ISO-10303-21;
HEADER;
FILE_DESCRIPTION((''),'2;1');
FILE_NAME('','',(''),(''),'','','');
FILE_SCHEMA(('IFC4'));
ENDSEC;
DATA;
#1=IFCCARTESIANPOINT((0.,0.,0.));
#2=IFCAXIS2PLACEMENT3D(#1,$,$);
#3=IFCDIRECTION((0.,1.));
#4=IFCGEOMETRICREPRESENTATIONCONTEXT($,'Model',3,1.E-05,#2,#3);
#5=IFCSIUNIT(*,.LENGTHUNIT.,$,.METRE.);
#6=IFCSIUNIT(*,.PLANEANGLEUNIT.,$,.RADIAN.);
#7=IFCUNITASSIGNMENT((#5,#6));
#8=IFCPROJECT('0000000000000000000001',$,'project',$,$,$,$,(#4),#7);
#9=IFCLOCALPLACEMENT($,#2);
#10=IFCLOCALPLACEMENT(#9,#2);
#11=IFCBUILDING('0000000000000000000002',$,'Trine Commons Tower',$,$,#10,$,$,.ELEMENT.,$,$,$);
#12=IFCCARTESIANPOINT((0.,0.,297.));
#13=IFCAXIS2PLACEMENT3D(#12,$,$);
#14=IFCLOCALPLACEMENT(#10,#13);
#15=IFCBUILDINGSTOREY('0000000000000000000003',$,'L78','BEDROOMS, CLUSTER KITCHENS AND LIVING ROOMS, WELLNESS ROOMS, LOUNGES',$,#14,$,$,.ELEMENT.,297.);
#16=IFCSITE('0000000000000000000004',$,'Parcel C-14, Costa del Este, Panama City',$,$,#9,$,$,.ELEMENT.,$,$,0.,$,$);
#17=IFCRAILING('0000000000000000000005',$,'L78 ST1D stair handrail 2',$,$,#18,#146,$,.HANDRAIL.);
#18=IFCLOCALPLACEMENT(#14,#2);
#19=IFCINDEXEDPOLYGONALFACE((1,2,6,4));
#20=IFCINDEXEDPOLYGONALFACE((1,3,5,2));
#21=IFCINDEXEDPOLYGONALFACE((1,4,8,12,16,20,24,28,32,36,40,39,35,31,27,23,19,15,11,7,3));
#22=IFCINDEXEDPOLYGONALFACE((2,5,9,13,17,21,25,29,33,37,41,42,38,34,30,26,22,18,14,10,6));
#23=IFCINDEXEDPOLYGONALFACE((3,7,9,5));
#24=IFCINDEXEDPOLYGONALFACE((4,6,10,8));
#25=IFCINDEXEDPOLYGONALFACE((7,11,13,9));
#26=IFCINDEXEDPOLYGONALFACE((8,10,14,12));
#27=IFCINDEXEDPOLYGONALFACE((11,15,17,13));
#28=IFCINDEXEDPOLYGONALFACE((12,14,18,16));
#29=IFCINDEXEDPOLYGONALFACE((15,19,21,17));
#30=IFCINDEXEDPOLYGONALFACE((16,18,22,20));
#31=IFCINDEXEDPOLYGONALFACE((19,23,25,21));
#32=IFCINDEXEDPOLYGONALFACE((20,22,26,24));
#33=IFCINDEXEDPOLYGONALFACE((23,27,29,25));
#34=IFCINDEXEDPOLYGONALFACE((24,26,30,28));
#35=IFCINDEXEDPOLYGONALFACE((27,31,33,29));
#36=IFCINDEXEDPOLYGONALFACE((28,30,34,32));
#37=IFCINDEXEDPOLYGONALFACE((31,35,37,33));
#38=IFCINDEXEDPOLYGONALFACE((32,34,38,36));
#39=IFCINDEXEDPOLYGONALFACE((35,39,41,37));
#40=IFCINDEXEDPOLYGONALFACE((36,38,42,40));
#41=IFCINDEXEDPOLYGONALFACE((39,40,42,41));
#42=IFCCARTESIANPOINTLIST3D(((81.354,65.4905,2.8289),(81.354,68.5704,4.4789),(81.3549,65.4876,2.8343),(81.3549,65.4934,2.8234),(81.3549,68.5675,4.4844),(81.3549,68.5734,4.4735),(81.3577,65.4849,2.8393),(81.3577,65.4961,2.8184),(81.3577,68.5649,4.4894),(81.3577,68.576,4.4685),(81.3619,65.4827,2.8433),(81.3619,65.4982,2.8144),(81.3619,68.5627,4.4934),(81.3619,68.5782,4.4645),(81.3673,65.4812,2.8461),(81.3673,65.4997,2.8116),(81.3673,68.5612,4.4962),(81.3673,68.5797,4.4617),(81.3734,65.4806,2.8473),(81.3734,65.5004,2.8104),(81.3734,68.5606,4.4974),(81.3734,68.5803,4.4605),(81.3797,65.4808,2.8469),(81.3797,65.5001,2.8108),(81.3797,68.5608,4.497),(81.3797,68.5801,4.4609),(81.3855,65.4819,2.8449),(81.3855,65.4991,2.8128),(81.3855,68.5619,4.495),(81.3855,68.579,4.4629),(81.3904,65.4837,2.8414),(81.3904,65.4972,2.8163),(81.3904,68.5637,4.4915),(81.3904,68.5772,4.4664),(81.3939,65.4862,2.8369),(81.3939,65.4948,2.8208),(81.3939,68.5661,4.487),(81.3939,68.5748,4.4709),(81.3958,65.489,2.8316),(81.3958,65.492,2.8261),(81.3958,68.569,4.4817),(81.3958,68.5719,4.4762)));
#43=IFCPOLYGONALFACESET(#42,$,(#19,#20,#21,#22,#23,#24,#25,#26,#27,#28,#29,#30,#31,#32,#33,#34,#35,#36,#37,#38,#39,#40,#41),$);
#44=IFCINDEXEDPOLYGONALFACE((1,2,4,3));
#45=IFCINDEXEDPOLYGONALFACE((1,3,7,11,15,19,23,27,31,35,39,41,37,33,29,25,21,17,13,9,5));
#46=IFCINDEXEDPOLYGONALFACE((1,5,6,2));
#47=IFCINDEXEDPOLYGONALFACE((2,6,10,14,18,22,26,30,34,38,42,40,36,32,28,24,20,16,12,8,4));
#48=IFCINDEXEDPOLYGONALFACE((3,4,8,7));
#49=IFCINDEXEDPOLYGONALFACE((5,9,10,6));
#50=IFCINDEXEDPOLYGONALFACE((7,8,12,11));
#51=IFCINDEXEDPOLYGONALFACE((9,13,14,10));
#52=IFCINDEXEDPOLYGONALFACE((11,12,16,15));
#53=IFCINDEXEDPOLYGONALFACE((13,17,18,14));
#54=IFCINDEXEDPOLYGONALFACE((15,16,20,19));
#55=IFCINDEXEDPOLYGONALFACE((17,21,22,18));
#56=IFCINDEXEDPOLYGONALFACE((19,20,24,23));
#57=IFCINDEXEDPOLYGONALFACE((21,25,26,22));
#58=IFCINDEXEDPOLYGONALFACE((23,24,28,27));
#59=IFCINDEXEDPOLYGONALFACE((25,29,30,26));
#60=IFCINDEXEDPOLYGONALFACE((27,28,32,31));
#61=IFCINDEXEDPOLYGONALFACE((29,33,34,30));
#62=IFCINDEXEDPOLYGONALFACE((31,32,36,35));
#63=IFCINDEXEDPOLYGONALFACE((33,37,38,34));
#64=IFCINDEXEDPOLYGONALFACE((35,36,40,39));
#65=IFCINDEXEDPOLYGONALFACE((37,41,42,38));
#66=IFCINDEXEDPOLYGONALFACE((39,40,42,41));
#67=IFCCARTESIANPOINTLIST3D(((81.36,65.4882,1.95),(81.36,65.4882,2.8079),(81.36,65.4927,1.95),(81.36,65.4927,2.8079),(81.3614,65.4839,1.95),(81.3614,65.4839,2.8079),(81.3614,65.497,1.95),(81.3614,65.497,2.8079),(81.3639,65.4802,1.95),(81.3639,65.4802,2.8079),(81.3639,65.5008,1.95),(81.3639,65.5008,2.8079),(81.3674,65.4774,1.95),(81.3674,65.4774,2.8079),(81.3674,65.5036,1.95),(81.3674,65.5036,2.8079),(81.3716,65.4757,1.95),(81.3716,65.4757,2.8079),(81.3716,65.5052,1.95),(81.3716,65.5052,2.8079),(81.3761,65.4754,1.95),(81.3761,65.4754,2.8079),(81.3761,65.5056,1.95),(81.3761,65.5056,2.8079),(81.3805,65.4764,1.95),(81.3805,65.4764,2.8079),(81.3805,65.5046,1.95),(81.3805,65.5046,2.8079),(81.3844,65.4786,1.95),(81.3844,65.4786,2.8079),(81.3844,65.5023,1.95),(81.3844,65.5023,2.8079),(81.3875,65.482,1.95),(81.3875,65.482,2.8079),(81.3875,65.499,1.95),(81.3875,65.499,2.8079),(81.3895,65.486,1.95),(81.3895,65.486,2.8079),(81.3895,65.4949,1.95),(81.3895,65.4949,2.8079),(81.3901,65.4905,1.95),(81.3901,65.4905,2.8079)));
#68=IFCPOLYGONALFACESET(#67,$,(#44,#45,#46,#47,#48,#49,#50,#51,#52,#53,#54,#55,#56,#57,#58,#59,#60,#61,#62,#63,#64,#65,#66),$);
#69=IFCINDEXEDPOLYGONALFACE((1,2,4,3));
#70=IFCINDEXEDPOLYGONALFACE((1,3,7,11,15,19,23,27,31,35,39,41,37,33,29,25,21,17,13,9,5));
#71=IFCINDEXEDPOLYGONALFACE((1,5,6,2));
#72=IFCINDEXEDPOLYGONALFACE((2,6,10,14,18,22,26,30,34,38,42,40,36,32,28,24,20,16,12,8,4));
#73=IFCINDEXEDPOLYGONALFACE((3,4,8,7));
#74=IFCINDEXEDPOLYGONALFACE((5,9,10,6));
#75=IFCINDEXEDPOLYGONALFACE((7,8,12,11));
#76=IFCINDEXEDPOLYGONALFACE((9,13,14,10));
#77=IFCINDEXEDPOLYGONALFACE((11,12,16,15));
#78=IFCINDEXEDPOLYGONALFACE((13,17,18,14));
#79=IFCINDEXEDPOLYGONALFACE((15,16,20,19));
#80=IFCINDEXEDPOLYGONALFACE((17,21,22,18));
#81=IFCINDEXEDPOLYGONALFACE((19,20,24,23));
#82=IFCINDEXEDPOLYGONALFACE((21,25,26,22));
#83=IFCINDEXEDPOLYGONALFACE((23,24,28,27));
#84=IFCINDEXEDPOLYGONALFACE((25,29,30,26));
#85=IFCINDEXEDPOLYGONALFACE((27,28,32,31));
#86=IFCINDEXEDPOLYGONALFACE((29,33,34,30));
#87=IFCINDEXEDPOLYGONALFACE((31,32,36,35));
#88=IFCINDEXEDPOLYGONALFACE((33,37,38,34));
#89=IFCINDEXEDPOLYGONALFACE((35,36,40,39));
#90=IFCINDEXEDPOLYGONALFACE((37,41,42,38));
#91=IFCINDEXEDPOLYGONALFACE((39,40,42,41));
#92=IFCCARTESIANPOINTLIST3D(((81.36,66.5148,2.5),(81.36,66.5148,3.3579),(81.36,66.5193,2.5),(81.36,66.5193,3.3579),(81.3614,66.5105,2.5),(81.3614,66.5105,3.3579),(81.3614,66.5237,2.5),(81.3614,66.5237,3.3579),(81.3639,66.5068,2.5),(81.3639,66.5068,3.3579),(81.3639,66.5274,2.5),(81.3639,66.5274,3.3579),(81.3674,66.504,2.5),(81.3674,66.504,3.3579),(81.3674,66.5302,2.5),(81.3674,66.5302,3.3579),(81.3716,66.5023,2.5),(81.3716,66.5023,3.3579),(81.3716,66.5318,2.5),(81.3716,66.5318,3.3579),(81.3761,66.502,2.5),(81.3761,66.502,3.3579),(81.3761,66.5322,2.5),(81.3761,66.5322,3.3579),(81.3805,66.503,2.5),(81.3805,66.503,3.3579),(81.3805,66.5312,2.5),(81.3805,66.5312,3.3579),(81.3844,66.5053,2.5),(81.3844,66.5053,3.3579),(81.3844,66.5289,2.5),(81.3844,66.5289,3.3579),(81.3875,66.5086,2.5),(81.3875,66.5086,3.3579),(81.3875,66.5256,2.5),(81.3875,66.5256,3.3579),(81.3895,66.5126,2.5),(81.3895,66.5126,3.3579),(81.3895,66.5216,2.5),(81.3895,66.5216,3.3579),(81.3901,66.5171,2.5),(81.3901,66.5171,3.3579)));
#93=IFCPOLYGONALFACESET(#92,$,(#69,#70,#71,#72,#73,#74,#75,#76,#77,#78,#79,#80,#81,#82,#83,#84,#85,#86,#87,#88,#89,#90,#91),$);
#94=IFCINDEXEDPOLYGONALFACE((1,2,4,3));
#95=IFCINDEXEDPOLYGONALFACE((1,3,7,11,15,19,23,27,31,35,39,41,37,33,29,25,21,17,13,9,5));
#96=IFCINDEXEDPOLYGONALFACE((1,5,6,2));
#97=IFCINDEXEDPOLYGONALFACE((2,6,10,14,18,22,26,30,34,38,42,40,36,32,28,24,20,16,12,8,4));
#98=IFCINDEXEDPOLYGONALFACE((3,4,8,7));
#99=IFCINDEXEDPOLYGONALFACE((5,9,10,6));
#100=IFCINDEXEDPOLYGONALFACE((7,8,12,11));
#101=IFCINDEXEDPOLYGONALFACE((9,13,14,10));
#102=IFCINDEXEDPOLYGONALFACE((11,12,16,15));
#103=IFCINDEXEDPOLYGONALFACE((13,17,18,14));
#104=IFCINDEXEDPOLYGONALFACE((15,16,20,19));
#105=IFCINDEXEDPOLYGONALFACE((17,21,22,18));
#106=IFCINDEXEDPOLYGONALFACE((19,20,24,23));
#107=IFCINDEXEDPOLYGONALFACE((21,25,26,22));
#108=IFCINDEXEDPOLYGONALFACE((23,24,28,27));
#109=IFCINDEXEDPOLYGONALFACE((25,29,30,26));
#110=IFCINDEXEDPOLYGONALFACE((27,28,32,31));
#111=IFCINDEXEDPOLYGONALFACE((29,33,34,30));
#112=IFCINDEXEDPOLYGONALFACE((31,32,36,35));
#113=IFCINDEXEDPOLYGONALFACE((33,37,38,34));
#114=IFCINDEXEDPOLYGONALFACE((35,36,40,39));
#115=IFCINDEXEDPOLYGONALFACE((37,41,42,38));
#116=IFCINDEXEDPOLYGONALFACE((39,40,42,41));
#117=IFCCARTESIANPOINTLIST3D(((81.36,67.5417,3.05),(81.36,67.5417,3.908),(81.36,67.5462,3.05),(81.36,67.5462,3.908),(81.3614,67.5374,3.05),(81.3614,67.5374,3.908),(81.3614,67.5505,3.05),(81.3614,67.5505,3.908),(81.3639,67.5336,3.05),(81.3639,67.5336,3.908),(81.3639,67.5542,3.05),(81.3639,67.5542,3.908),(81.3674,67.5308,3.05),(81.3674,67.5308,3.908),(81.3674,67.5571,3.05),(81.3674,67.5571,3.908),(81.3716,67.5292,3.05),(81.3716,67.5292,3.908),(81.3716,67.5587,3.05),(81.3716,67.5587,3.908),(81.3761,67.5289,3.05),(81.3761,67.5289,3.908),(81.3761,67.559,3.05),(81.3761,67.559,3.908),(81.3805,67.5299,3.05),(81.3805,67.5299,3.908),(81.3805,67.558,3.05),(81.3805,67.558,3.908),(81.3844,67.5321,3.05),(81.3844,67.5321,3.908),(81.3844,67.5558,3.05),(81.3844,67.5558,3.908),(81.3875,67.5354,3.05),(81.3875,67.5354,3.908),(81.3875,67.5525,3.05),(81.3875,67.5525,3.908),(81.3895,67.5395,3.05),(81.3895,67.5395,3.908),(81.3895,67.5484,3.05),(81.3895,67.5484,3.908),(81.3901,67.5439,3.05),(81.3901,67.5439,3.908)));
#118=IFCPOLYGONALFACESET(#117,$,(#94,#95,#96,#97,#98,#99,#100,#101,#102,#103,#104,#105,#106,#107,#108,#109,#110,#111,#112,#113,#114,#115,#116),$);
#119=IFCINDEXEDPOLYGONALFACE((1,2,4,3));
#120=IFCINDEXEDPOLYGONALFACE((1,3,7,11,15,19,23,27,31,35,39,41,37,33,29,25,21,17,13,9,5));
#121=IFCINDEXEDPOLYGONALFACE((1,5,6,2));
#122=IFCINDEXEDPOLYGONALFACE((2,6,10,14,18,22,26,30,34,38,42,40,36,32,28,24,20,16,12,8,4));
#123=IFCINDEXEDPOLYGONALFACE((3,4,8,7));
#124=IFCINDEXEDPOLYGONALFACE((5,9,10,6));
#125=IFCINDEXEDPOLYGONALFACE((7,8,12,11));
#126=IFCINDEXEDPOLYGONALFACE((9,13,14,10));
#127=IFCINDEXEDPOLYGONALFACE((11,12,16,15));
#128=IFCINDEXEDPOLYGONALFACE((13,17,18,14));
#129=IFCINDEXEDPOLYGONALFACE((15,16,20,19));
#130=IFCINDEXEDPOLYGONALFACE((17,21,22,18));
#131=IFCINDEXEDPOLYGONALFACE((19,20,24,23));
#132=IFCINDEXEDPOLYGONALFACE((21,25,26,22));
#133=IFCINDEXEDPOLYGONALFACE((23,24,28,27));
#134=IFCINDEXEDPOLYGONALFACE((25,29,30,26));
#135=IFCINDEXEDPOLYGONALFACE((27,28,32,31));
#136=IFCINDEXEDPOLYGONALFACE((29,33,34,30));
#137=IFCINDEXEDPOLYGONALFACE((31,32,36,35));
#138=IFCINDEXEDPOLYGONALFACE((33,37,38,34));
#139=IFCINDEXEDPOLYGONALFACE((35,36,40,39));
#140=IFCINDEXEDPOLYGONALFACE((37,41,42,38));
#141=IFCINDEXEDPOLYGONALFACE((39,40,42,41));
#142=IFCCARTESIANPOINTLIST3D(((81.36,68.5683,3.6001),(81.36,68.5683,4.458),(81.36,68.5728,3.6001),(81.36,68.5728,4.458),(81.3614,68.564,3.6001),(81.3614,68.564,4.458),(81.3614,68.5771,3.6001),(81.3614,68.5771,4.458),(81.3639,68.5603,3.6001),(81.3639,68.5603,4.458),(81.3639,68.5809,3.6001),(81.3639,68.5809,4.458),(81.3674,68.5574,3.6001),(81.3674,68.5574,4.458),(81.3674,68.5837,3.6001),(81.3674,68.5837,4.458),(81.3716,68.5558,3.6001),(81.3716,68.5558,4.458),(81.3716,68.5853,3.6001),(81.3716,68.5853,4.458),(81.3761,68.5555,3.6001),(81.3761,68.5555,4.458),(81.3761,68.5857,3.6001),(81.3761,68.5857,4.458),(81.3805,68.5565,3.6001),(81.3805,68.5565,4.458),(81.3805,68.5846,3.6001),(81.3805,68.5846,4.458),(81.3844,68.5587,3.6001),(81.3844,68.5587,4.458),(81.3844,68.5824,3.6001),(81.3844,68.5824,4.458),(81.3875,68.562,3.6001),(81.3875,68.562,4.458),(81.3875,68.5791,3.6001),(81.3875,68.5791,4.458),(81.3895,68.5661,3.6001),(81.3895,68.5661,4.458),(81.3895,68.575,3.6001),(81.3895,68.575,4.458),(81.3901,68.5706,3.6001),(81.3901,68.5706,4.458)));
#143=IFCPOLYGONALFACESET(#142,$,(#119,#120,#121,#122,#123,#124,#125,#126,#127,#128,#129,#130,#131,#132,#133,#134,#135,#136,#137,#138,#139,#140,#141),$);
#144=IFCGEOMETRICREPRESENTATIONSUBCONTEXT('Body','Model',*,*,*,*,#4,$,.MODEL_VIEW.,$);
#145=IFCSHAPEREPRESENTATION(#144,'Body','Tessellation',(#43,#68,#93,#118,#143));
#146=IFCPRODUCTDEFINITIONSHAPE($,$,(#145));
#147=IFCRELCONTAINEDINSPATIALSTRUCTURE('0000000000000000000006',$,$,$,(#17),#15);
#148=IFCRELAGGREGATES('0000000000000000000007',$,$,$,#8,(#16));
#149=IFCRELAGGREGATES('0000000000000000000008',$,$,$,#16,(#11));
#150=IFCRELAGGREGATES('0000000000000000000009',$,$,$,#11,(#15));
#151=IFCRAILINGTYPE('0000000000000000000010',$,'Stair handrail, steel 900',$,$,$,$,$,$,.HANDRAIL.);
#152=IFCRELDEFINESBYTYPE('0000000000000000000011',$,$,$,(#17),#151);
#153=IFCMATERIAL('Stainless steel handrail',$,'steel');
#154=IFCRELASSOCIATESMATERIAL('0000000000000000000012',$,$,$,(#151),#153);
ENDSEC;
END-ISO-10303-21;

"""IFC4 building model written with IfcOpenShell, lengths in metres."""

from ifc_helpers import new_model, si_unit, direction, frame, origin, origin_2d, place, context, subcontext, project, spatial, circle, extrude, material, type_object, element, save


model = new_model("IFC4")

# Units and contexts
model_context = context("Model", 3, precision=1e-05, world=origin(), true_north=direction((0.0, 1.0)))
body_context = subcontext(model_context, "Body", "Model", "MODEL_VIEW")
ifc_project = project(units=[si_unit("LENGTHUNIT", "METRE"), si_unit("PLANEANGLEUNIT", "RADIAN")], contexts=[model_context])

# Site, building, storey
site_placement = place(None, origin())
site = spatial("IfcSite", under=ifc_project, at=site_placement, Name="Parcel C-14, Costa del Este, Panama City", CompositionType="ELEMENT", RefElevation=0.0)
building_placement = place(site_placement, origin())
building = spatial("IfcBuilding", under=site, at=building_placement, Name="Trine Commons Tower", CompositionType="ELEMENT")
storey_placement = place(building_placement, frame((0.0, 0.0, 297.0)))
storey = spatial("IfcBuildingStorey", under=building, at=storey_placement, Name="L78", Description="BEDROOMS, CLUSTER KITCHENS AND LIVING ROOMS, WELLNESS ROOMS, LOUNGES", CompositionType="ELEMENT", Elevation=297.0)

# Railing
ifc_material_1 = material(Name="Stainless steel handrail", Category="steel")
railing_type_1 = type_object("IfcRailingType", Name="Stair handrail, steel 900", PredefinedType="HANDRAIL", material=ifc_material_1)
railing_1_placement = place(storey_placement, frame((81.375, 65.4905, 1.95)))
element("IfcRailing", 1, at=railing_1_placement, inside=storey, type_object=railing_type_1, Name="L78 ST1D stair handrail 2", PredefinedType="HANDRAIL", context=body_context, shape_type="SweptSolid", body=[
    extrude(circle(Radius=0.021, at=origin_2d()), frame((0.0, 0.0, 0.8789), z_axis=(0.0, 0.881468, 0.472245), x_axis=(-1.0, 0.0, 0.0)), (0.0, 0.0, 1.0), 3.4941),
    extrude(circle(Radius=0.0151, at=origin_2d()), origin(), (0.0, 0.0, 1.0), 0.8579),
    extrude(circle(Radius=0.0151, at=origin_2d()), frame((0.0, 1.0266, 0.55)), (0.0, 0.0, 1.0), 0.8579),
    extrude(circle(Radius=0.0151, at=origin_2d()), frame((0.0, 2.0535, 1.1001)), (0.0, 0.0, 1.0), 0.8579),
    extrude(circle(Radius=0.0151, at=origin_2d()), frame((0.0, 3.0801, 1.6501)), (0.0, 0.0, 1.0), 0.8579),
])

save(model, "model.ifc")
